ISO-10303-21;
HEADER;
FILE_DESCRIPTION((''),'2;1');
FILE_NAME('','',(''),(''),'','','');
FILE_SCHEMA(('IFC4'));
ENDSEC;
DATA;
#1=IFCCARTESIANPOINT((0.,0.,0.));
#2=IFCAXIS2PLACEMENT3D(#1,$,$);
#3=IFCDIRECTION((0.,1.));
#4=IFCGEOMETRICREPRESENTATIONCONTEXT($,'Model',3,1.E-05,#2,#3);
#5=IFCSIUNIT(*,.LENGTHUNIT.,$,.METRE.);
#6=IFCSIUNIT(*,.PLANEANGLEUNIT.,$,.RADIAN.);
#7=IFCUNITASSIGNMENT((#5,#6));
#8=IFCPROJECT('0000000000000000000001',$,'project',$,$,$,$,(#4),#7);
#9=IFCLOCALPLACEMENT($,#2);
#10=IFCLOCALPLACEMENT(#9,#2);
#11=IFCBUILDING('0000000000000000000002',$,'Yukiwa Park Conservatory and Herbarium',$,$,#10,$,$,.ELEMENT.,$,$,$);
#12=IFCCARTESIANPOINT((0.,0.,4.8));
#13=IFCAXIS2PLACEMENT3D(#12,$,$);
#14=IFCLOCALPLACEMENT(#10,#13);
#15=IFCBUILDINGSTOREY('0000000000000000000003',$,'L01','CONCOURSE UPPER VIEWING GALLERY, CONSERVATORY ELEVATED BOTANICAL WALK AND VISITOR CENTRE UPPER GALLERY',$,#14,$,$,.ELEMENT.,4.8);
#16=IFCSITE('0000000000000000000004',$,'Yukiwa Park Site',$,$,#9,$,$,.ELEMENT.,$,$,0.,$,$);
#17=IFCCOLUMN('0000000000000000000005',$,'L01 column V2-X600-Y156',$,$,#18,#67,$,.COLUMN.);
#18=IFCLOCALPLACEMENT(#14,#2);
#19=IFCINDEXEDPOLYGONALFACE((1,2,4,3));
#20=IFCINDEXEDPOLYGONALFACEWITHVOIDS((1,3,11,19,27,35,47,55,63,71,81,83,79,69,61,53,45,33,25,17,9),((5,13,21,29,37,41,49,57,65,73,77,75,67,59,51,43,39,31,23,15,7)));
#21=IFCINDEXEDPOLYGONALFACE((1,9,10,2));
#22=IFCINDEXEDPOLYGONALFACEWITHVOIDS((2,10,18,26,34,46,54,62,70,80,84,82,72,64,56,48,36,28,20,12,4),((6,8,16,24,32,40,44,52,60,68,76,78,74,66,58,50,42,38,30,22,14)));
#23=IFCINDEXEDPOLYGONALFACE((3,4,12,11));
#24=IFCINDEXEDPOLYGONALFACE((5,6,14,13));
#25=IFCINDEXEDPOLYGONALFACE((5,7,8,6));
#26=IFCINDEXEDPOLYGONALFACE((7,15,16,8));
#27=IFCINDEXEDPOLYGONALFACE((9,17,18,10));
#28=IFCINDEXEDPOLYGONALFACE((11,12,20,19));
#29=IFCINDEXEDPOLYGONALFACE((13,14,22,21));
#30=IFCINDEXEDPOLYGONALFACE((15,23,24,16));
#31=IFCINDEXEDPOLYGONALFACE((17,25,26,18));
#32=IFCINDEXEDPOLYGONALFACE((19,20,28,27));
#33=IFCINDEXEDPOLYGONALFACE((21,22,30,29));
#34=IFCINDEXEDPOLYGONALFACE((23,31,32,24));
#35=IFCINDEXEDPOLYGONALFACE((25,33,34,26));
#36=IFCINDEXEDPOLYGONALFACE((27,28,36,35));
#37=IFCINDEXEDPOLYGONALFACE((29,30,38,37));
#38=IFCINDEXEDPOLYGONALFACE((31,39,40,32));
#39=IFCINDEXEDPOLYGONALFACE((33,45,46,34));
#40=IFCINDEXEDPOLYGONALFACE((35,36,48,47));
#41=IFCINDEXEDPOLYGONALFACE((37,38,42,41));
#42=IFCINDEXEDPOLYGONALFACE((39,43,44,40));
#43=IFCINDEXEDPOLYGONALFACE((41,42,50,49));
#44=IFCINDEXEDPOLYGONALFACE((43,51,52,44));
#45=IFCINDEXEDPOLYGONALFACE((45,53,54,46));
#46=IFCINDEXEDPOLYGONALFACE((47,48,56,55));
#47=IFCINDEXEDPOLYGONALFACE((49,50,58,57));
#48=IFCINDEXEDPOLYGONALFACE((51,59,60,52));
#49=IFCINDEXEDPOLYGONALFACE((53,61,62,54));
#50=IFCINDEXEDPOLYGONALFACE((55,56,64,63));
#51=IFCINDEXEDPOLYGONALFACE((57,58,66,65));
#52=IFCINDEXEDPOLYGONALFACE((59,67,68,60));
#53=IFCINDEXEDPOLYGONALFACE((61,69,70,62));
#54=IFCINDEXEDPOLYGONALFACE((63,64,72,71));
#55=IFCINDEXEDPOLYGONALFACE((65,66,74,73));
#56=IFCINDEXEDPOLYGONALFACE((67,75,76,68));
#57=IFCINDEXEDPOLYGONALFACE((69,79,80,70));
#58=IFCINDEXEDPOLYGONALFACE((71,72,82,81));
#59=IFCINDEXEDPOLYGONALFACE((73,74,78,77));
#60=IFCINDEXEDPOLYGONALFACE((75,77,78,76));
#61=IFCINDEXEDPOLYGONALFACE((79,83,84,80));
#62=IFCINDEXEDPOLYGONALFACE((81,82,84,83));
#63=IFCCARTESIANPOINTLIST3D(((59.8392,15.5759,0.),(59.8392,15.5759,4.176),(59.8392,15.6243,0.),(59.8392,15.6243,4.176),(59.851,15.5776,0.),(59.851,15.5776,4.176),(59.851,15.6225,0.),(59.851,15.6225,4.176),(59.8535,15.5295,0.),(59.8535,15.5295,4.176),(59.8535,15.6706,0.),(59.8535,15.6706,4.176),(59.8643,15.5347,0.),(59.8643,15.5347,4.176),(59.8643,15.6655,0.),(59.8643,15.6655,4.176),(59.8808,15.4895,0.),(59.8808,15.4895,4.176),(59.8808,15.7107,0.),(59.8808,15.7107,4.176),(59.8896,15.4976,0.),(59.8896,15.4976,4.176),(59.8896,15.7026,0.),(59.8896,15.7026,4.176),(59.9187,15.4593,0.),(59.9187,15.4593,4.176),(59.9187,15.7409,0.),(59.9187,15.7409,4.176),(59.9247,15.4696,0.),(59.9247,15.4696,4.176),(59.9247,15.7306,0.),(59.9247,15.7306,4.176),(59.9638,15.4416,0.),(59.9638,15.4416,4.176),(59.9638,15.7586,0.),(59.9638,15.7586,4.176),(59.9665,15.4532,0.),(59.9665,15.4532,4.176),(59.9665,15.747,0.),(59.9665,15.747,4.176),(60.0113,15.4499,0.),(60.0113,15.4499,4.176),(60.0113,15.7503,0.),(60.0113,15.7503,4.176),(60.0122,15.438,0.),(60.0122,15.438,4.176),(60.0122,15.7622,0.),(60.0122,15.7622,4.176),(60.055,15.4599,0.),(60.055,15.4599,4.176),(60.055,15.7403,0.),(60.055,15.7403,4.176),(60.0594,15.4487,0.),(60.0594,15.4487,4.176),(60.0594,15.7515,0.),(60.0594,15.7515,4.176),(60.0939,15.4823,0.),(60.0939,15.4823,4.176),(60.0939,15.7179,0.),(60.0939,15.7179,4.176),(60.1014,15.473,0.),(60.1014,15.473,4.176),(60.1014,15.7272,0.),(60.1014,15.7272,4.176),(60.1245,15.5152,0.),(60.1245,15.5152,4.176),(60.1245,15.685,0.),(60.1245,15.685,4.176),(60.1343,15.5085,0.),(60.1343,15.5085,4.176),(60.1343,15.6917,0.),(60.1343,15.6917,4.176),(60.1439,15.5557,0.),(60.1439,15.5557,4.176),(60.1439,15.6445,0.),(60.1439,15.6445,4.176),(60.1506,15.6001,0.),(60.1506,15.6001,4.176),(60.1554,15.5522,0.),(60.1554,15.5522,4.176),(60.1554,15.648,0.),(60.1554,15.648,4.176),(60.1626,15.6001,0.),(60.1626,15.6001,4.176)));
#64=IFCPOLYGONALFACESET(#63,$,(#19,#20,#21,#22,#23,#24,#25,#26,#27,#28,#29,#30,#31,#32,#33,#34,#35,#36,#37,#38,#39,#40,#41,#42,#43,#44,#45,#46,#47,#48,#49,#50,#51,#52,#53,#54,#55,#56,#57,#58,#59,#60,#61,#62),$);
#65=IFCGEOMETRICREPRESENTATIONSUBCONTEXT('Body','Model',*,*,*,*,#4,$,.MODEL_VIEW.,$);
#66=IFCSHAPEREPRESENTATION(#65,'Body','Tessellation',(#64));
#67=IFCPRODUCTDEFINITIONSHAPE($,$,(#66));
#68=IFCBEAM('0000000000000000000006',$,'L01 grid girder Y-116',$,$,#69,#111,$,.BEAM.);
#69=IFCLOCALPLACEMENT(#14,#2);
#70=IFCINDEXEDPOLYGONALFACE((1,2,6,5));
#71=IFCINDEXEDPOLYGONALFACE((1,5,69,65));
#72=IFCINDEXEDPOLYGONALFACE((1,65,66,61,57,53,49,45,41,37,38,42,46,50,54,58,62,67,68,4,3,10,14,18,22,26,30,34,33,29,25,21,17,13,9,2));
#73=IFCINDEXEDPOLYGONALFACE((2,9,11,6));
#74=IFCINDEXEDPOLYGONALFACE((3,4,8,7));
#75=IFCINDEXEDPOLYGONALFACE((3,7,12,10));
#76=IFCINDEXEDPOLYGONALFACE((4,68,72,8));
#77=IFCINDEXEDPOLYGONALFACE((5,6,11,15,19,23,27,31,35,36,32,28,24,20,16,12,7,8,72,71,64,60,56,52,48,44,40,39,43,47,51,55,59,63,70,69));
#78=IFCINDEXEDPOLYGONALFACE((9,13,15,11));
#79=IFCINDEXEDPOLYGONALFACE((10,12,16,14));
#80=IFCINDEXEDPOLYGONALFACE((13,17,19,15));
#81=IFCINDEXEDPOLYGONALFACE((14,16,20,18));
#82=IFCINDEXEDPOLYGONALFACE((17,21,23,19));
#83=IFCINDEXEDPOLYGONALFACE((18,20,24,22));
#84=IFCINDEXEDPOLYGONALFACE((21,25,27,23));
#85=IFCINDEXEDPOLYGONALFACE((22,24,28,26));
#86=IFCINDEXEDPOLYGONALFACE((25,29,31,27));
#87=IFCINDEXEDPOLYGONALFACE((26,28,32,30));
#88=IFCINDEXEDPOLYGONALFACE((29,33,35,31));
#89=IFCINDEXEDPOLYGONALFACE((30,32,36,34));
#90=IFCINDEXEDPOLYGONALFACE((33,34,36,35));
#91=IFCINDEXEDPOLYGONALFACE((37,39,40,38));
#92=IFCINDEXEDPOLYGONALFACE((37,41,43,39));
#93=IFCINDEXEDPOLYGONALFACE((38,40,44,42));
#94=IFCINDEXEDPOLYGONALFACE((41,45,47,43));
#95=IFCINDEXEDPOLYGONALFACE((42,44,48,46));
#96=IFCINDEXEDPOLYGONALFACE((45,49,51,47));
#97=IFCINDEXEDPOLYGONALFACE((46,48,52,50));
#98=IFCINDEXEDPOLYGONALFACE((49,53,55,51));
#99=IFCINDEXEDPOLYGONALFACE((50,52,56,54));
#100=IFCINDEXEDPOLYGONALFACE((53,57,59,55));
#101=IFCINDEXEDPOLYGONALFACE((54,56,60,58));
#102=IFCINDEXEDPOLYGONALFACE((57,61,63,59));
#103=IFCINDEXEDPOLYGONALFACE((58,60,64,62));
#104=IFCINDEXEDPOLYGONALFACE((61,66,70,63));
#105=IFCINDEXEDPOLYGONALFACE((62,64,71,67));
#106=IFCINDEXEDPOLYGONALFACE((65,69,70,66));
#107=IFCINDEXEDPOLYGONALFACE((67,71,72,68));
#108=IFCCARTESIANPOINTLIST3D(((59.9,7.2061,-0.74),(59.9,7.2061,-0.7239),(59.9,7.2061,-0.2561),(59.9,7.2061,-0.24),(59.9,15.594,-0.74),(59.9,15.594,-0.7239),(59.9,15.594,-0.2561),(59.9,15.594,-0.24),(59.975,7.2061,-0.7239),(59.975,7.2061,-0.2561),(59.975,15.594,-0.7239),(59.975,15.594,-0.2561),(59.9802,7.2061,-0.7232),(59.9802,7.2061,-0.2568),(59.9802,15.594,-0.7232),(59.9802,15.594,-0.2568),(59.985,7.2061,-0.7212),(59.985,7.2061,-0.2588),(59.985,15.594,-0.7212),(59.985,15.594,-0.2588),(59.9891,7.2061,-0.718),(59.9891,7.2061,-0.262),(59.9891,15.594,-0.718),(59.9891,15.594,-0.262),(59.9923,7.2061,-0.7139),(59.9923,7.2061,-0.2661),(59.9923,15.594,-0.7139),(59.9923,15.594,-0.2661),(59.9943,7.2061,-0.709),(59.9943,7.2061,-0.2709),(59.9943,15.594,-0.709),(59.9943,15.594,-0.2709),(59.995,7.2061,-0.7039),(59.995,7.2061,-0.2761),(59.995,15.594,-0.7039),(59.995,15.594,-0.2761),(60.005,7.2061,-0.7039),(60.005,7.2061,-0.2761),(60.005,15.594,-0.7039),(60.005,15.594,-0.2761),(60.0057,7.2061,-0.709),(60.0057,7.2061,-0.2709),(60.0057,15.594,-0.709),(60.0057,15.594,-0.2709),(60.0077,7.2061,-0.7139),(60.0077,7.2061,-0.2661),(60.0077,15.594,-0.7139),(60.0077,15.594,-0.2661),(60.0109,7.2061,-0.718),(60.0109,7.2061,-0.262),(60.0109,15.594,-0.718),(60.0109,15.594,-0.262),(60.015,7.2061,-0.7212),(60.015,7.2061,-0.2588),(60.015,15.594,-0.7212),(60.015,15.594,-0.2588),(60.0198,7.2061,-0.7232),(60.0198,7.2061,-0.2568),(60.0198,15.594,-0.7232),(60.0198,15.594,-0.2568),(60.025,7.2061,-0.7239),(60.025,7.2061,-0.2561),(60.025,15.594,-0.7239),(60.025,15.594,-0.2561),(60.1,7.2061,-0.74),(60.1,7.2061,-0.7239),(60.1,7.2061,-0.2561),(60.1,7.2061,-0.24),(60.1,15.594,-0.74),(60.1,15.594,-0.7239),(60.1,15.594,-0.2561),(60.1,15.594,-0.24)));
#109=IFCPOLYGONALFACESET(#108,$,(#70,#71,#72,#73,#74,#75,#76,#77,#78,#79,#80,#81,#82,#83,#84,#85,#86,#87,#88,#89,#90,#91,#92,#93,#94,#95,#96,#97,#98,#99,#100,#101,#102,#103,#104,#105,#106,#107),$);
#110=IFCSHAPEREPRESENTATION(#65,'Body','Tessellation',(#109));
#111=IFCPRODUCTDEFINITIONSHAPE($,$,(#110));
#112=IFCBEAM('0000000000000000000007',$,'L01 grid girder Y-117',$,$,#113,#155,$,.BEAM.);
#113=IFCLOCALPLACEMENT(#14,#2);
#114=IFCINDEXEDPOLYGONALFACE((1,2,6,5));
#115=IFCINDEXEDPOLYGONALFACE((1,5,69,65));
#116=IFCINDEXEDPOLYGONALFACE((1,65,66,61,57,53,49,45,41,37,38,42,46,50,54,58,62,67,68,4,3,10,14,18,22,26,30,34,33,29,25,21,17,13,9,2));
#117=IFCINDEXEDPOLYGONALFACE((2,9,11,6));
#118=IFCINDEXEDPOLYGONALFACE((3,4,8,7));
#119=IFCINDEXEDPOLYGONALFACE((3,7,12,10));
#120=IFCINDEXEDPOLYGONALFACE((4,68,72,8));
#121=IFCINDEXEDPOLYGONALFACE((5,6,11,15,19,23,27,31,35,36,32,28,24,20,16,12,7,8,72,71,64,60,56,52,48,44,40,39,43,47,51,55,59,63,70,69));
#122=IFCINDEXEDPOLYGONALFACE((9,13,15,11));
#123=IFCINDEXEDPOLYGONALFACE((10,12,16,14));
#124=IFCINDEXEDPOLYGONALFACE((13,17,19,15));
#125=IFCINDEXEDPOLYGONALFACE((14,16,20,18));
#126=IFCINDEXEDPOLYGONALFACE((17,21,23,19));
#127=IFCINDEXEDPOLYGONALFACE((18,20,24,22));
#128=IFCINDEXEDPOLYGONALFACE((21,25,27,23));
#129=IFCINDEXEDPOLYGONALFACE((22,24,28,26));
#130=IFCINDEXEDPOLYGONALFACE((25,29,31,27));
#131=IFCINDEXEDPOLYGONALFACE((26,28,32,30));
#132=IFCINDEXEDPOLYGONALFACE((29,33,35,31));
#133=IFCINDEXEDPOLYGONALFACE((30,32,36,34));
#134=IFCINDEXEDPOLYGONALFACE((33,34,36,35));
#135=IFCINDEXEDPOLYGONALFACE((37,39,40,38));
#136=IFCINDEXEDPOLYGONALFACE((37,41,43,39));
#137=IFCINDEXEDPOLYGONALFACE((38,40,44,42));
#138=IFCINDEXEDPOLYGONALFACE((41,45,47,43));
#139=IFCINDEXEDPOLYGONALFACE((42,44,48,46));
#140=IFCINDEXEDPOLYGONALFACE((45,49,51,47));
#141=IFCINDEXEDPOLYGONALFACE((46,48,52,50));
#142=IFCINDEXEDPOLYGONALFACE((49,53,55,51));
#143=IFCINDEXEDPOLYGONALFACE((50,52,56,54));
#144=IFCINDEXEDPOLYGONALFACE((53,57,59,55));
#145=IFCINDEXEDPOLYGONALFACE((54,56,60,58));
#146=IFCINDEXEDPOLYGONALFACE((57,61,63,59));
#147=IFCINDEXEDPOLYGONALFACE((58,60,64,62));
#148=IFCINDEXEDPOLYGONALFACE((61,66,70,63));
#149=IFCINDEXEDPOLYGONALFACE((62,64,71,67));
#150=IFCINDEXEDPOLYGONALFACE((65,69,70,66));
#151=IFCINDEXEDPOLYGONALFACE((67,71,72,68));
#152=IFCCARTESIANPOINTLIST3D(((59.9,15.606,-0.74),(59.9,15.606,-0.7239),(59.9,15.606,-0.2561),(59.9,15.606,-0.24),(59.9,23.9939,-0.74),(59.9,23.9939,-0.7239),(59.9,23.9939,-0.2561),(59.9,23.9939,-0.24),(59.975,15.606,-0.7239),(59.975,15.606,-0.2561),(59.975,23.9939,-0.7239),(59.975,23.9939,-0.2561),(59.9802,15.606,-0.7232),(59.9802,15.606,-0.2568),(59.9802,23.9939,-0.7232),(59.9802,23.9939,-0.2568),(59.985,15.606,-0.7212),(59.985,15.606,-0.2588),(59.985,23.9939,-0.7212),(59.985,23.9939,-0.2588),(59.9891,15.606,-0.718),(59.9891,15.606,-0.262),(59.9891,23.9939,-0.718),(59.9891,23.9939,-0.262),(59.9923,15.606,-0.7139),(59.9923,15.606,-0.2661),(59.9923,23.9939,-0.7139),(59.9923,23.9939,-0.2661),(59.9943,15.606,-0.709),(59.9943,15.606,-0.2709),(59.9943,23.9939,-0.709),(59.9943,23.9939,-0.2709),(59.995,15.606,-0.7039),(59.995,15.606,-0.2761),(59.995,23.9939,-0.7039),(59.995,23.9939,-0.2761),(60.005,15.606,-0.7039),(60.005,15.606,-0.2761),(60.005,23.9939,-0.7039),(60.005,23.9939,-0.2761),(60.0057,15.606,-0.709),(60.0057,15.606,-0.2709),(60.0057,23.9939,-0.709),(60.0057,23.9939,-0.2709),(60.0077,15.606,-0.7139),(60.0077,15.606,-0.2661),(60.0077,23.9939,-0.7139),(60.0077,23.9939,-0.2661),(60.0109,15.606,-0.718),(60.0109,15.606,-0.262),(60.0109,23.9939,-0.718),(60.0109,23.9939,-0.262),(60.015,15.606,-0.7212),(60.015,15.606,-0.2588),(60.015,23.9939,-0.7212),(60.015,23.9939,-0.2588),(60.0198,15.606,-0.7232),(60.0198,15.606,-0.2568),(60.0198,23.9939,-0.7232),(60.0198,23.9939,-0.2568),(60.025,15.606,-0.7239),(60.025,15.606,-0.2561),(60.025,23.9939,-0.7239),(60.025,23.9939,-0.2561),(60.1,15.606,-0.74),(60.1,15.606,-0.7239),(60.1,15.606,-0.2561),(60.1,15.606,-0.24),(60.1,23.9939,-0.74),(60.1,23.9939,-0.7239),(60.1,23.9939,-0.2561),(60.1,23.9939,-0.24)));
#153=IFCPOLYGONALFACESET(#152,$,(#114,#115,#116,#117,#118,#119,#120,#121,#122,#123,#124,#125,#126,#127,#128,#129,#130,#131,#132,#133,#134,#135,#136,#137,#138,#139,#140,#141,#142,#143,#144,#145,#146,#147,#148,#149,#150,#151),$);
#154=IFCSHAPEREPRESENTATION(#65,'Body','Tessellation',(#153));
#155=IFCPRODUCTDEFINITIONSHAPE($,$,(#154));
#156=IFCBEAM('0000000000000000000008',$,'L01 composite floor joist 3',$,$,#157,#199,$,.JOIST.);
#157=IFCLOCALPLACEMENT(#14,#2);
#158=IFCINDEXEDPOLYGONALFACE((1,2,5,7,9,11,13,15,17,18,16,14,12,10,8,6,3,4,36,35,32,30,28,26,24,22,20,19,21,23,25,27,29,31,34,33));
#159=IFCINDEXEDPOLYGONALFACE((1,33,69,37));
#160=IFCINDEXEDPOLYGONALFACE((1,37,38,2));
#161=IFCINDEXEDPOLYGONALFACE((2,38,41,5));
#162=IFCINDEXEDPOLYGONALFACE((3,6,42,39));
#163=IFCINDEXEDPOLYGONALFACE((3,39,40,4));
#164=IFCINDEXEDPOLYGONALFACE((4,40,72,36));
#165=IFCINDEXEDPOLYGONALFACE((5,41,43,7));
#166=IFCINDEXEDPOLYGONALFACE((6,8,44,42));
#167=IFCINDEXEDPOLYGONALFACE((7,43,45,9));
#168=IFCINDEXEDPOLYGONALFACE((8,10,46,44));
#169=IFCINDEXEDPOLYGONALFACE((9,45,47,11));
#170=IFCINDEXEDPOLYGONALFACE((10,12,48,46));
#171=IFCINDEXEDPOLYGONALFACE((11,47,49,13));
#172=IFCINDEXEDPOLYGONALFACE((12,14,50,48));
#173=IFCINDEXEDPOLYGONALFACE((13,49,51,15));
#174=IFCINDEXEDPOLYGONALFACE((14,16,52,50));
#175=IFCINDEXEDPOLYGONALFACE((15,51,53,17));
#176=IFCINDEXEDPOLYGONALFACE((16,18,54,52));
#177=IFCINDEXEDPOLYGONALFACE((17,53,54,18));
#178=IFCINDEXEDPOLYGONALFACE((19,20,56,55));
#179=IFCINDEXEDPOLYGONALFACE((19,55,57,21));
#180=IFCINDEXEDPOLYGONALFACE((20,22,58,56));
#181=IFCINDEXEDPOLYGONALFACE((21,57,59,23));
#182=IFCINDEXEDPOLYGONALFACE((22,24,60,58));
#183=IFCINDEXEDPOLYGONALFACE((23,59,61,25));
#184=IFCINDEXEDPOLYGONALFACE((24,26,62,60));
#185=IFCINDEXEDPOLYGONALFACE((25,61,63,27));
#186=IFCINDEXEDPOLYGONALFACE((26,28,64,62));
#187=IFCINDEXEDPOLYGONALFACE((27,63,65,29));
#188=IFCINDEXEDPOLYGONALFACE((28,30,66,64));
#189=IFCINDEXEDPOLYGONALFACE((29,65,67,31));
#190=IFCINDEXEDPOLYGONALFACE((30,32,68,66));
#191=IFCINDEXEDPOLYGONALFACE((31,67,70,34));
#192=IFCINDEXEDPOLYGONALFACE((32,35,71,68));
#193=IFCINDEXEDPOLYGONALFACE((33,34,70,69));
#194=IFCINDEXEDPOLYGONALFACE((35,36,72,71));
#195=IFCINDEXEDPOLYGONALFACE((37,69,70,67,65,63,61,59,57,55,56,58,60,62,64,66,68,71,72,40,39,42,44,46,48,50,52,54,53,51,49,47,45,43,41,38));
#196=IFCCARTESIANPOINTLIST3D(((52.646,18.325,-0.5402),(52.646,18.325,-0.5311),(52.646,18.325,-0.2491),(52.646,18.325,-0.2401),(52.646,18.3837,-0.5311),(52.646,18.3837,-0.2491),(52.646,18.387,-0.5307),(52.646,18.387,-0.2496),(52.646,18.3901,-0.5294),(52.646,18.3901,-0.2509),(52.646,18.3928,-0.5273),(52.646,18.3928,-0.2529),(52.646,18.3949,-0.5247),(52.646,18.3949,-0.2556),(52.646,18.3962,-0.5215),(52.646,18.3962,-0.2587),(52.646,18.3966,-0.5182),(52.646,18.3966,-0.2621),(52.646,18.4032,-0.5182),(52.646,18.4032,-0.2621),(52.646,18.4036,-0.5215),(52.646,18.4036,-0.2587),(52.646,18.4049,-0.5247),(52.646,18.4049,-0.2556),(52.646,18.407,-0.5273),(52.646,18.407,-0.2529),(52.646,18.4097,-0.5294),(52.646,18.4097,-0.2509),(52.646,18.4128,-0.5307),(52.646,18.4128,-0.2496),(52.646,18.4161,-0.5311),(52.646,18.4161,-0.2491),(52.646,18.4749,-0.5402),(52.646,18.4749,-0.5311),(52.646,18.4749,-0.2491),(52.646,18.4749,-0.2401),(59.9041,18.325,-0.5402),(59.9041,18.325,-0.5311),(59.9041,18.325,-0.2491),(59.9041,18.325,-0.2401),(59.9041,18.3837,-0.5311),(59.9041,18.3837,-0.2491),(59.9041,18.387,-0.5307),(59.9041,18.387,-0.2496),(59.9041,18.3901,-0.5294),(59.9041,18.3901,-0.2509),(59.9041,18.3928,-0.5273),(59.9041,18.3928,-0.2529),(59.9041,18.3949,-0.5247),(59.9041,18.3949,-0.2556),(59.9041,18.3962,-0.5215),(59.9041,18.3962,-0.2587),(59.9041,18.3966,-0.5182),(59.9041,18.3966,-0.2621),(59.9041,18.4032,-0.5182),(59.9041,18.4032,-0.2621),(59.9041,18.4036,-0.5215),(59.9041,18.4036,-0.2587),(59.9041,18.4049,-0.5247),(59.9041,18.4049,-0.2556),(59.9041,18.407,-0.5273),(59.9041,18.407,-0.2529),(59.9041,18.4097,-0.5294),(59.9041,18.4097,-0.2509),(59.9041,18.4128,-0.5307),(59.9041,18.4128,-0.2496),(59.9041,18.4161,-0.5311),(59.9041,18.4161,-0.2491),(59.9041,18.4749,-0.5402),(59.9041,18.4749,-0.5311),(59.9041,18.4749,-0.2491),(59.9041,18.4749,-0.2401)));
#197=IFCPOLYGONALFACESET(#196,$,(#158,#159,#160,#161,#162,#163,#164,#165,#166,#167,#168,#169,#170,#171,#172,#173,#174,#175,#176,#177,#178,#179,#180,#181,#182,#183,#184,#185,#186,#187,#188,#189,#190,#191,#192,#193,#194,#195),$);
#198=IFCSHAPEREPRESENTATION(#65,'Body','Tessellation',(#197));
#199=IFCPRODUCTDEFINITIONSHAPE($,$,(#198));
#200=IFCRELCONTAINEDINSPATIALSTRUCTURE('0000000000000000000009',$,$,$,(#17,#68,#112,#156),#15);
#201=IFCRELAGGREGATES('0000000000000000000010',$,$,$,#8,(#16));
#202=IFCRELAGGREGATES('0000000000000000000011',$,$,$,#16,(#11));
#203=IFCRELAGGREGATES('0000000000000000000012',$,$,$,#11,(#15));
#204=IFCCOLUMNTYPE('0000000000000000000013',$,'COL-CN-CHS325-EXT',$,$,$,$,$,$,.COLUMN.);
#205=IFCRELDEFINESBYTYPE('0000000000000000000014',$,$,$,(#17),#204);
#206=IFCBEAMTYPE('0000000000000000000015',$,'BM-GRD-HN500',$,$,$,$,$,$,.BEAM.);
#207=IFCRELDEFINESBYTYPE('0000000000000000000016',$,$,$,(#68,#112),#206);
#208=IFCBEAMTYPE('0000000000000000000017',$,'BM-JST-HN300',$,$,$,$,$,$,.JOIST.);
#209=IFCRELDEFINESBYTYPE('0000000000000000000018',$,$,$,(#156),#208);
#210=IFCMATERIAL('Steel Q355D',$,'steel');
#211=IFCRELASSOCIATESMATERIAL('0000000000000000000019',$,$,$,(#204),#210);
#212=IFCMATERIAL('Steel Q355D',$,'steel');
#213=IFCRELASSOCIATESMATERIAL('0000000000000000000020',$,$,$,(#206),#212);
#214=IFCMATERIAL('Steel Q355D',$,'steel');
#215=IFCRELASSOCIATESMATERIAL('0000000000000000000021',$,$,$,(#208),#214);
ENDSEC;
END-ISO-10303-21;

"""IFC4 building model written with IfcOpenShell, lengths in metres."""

from ifc_helpers import new_model, si_unit, direction, frame, origin, origin_2d, place, context, subcontext, project, spatial, hollow_circle, i_section, extrude, material, material_profile, profile_set, type_object, element, save


model = new_model("IFC4")

# Units and contexts
model_context = context("Model", 3, precision=1e-05, world=origin(), true_north=direction((0.0, 1.0)))
body_context = subcontext(model_context, "Body", "Model", "MODEL_VIEW")
ifc_project = project(units=[si_unit("LENGTHUNIT", "METRE"), si_unit("PLANEANGLEUNIT", "RADIAN")], contexts=[model_context])

# Site, building, storey
site_placement = place(None, origin())
site = spatial("IfcSite", under=ifc_project, at=site_placement, Name="Yukiwa Park Site", CompositionType="ELEMENT", RefElevation=0.0)
building_placement = place(site_placement, origin())
building = spatial("IfcBuilding", under=site, at=building_placement, Name="Yukiwa Park Conservatory and Herbarium", CompositionType="ELEMENT")
storey_placement = place(building_placement, frame((0.0, 0.0, 4.8)))
storey = spatial("IfcBuildingStorey", under=building, at=storey_placement, Name="L01", Description="CONCOURSE UPPER VIEWING GALLERY, CONSERVATORY ELEVATED BOTANICAL WALK AND VISITOR CENTRE UPPER GALLERY", CompositionType="ELEMENT", Elevation=4.8)

# Column
ifc_material_1 = material(Name="Steel Q355D", Category="steel")
ifc_material_profile_1 = material_profile(ifc_material_1, hollow_circle(Radius=0.1626, WallThickness=0.012, at=origin_2d()), Name="CHS 325x12")
ifc_profile_set_1 = profile_set([ifc_material_profile_1], Name="Steel Q355D")
column_type = type_object("IfcColumnType", Name="COL-CN-CHS325-EXT", PredefinedType="COLUMN", material=ifc_profile_set_1)
column_placement = place(storey_placement, frame((60.0, 15.6001, 0.0), z_axis=(0.0, 0.0, 1.0), x_axis=(1.0, 0.0, 0.0)))
element("IfcColumn", 1, at=column_placement, inside=storey, type_object=column_type, Name="L01 column V2-X600-Y156", PredefinedType="COLUMN", context=body_context, shape_type="SweptSolid", body=[
    extrude(hollow_circle(Radius=0.1626, WallThickness=0.012, at=origin_2d()), origin(), (0.0, 0.0, 1.0), 4.176),
])

# Beams
ifc_material_2 = material(Name="Steel Q355D", Category="steel")
ifc_material_profile_2 = material_profile(ifc_material_2, i_section(OverallWidth=0.2, OverallDepth=0.5, WebThickness=0.01, FlangeThickness=0.0161, FilletRadius=0.02, at=origin_2d()), Name="HN 500x200x10x16")
ifc_profile_set_2 = profile_set([ifc_material_profile_2], Name="Steel Q355D")
beam_type_1 = type_object("IfcBeamType", Name="BM-GRD-HN500", PredefinedType="BEAM", material=ifc_profile_set_2)
for number, where, z_axis, x_axis, name in (
    (2, (60.0, 7.2061, -0.49), (0.0, 1.0, 0.0), (-1.0, 0.0, 0.0), "L01 grid girder Y-116"),
    (3, (60.0, 15.606, -0.49), (0.0, 1.0, 0.0), (-1.0, 0.0, 0.0), "L01 grid girder Y-117"),
):
    element("IfcBeam", number, at=place(storey_placement, frame(where, z_axis=z_axis, x_axis=x_axis)), inside=storey, type_object=beam_type_1, Name=name, PredefinedType="BEAM", context=body_context, shape_type="SweptSolid", body=[
        extrude(i_section(OverallWidth=0.2, OverallDepth=0.5, WebThickness=0.01, FlangeThickness=0.0161, FilletRadius=0.02, at=origin_2d()), origin(), (0.0, 0.0, 1.0), 8.3879),
    ])
ifc_material_3 = material(Name="Steel Q355D", Category="steel")
ifc_material_profile_3 = material_profile(ifc_material_3, i_section(OverallWidth=0.1499, OverallDepth=0.3, WebThickness=0.0066, FlangeThickness=0.009, FilletRadius=0.0129, at=origin_2d()), Name="HN 300x150x6.5x9")
ifc_profile_set_3 = profile_set([ifc_material_profile_3], Name="Steel Q355D")
beam_type_2 = type_object("IfcBeamType", Name="BM-JST-HN300", PredefinedType="JOIST", material=ifc_profile_set_3)
beam_1_placement = place(storey_placement, frame((52.646, 18.3999, -0.3901), z_axis=(1.0, 0.0, 0.0), x_axis=(0.0, 1.0, 0.0)))
element("IfcBeam", 4, at=beam_1_placement, inside=storey, type_object=beam_type_2, Name="L01 composite floor joist 3", PredefinedType="JOIST", context=body_context, shape_type="SweptSolid", body=[
    extrude(i_section(OverallWidth=0.1499, OverallDepth=0.3, WebThickness=0.0066, FlangeThickness=0.009, FilletRadius=0.0129, at=origin_2d()), origin(), (0.0, 0.0, 1.0), 7.2581),
])

save(model, "model.ifc")
